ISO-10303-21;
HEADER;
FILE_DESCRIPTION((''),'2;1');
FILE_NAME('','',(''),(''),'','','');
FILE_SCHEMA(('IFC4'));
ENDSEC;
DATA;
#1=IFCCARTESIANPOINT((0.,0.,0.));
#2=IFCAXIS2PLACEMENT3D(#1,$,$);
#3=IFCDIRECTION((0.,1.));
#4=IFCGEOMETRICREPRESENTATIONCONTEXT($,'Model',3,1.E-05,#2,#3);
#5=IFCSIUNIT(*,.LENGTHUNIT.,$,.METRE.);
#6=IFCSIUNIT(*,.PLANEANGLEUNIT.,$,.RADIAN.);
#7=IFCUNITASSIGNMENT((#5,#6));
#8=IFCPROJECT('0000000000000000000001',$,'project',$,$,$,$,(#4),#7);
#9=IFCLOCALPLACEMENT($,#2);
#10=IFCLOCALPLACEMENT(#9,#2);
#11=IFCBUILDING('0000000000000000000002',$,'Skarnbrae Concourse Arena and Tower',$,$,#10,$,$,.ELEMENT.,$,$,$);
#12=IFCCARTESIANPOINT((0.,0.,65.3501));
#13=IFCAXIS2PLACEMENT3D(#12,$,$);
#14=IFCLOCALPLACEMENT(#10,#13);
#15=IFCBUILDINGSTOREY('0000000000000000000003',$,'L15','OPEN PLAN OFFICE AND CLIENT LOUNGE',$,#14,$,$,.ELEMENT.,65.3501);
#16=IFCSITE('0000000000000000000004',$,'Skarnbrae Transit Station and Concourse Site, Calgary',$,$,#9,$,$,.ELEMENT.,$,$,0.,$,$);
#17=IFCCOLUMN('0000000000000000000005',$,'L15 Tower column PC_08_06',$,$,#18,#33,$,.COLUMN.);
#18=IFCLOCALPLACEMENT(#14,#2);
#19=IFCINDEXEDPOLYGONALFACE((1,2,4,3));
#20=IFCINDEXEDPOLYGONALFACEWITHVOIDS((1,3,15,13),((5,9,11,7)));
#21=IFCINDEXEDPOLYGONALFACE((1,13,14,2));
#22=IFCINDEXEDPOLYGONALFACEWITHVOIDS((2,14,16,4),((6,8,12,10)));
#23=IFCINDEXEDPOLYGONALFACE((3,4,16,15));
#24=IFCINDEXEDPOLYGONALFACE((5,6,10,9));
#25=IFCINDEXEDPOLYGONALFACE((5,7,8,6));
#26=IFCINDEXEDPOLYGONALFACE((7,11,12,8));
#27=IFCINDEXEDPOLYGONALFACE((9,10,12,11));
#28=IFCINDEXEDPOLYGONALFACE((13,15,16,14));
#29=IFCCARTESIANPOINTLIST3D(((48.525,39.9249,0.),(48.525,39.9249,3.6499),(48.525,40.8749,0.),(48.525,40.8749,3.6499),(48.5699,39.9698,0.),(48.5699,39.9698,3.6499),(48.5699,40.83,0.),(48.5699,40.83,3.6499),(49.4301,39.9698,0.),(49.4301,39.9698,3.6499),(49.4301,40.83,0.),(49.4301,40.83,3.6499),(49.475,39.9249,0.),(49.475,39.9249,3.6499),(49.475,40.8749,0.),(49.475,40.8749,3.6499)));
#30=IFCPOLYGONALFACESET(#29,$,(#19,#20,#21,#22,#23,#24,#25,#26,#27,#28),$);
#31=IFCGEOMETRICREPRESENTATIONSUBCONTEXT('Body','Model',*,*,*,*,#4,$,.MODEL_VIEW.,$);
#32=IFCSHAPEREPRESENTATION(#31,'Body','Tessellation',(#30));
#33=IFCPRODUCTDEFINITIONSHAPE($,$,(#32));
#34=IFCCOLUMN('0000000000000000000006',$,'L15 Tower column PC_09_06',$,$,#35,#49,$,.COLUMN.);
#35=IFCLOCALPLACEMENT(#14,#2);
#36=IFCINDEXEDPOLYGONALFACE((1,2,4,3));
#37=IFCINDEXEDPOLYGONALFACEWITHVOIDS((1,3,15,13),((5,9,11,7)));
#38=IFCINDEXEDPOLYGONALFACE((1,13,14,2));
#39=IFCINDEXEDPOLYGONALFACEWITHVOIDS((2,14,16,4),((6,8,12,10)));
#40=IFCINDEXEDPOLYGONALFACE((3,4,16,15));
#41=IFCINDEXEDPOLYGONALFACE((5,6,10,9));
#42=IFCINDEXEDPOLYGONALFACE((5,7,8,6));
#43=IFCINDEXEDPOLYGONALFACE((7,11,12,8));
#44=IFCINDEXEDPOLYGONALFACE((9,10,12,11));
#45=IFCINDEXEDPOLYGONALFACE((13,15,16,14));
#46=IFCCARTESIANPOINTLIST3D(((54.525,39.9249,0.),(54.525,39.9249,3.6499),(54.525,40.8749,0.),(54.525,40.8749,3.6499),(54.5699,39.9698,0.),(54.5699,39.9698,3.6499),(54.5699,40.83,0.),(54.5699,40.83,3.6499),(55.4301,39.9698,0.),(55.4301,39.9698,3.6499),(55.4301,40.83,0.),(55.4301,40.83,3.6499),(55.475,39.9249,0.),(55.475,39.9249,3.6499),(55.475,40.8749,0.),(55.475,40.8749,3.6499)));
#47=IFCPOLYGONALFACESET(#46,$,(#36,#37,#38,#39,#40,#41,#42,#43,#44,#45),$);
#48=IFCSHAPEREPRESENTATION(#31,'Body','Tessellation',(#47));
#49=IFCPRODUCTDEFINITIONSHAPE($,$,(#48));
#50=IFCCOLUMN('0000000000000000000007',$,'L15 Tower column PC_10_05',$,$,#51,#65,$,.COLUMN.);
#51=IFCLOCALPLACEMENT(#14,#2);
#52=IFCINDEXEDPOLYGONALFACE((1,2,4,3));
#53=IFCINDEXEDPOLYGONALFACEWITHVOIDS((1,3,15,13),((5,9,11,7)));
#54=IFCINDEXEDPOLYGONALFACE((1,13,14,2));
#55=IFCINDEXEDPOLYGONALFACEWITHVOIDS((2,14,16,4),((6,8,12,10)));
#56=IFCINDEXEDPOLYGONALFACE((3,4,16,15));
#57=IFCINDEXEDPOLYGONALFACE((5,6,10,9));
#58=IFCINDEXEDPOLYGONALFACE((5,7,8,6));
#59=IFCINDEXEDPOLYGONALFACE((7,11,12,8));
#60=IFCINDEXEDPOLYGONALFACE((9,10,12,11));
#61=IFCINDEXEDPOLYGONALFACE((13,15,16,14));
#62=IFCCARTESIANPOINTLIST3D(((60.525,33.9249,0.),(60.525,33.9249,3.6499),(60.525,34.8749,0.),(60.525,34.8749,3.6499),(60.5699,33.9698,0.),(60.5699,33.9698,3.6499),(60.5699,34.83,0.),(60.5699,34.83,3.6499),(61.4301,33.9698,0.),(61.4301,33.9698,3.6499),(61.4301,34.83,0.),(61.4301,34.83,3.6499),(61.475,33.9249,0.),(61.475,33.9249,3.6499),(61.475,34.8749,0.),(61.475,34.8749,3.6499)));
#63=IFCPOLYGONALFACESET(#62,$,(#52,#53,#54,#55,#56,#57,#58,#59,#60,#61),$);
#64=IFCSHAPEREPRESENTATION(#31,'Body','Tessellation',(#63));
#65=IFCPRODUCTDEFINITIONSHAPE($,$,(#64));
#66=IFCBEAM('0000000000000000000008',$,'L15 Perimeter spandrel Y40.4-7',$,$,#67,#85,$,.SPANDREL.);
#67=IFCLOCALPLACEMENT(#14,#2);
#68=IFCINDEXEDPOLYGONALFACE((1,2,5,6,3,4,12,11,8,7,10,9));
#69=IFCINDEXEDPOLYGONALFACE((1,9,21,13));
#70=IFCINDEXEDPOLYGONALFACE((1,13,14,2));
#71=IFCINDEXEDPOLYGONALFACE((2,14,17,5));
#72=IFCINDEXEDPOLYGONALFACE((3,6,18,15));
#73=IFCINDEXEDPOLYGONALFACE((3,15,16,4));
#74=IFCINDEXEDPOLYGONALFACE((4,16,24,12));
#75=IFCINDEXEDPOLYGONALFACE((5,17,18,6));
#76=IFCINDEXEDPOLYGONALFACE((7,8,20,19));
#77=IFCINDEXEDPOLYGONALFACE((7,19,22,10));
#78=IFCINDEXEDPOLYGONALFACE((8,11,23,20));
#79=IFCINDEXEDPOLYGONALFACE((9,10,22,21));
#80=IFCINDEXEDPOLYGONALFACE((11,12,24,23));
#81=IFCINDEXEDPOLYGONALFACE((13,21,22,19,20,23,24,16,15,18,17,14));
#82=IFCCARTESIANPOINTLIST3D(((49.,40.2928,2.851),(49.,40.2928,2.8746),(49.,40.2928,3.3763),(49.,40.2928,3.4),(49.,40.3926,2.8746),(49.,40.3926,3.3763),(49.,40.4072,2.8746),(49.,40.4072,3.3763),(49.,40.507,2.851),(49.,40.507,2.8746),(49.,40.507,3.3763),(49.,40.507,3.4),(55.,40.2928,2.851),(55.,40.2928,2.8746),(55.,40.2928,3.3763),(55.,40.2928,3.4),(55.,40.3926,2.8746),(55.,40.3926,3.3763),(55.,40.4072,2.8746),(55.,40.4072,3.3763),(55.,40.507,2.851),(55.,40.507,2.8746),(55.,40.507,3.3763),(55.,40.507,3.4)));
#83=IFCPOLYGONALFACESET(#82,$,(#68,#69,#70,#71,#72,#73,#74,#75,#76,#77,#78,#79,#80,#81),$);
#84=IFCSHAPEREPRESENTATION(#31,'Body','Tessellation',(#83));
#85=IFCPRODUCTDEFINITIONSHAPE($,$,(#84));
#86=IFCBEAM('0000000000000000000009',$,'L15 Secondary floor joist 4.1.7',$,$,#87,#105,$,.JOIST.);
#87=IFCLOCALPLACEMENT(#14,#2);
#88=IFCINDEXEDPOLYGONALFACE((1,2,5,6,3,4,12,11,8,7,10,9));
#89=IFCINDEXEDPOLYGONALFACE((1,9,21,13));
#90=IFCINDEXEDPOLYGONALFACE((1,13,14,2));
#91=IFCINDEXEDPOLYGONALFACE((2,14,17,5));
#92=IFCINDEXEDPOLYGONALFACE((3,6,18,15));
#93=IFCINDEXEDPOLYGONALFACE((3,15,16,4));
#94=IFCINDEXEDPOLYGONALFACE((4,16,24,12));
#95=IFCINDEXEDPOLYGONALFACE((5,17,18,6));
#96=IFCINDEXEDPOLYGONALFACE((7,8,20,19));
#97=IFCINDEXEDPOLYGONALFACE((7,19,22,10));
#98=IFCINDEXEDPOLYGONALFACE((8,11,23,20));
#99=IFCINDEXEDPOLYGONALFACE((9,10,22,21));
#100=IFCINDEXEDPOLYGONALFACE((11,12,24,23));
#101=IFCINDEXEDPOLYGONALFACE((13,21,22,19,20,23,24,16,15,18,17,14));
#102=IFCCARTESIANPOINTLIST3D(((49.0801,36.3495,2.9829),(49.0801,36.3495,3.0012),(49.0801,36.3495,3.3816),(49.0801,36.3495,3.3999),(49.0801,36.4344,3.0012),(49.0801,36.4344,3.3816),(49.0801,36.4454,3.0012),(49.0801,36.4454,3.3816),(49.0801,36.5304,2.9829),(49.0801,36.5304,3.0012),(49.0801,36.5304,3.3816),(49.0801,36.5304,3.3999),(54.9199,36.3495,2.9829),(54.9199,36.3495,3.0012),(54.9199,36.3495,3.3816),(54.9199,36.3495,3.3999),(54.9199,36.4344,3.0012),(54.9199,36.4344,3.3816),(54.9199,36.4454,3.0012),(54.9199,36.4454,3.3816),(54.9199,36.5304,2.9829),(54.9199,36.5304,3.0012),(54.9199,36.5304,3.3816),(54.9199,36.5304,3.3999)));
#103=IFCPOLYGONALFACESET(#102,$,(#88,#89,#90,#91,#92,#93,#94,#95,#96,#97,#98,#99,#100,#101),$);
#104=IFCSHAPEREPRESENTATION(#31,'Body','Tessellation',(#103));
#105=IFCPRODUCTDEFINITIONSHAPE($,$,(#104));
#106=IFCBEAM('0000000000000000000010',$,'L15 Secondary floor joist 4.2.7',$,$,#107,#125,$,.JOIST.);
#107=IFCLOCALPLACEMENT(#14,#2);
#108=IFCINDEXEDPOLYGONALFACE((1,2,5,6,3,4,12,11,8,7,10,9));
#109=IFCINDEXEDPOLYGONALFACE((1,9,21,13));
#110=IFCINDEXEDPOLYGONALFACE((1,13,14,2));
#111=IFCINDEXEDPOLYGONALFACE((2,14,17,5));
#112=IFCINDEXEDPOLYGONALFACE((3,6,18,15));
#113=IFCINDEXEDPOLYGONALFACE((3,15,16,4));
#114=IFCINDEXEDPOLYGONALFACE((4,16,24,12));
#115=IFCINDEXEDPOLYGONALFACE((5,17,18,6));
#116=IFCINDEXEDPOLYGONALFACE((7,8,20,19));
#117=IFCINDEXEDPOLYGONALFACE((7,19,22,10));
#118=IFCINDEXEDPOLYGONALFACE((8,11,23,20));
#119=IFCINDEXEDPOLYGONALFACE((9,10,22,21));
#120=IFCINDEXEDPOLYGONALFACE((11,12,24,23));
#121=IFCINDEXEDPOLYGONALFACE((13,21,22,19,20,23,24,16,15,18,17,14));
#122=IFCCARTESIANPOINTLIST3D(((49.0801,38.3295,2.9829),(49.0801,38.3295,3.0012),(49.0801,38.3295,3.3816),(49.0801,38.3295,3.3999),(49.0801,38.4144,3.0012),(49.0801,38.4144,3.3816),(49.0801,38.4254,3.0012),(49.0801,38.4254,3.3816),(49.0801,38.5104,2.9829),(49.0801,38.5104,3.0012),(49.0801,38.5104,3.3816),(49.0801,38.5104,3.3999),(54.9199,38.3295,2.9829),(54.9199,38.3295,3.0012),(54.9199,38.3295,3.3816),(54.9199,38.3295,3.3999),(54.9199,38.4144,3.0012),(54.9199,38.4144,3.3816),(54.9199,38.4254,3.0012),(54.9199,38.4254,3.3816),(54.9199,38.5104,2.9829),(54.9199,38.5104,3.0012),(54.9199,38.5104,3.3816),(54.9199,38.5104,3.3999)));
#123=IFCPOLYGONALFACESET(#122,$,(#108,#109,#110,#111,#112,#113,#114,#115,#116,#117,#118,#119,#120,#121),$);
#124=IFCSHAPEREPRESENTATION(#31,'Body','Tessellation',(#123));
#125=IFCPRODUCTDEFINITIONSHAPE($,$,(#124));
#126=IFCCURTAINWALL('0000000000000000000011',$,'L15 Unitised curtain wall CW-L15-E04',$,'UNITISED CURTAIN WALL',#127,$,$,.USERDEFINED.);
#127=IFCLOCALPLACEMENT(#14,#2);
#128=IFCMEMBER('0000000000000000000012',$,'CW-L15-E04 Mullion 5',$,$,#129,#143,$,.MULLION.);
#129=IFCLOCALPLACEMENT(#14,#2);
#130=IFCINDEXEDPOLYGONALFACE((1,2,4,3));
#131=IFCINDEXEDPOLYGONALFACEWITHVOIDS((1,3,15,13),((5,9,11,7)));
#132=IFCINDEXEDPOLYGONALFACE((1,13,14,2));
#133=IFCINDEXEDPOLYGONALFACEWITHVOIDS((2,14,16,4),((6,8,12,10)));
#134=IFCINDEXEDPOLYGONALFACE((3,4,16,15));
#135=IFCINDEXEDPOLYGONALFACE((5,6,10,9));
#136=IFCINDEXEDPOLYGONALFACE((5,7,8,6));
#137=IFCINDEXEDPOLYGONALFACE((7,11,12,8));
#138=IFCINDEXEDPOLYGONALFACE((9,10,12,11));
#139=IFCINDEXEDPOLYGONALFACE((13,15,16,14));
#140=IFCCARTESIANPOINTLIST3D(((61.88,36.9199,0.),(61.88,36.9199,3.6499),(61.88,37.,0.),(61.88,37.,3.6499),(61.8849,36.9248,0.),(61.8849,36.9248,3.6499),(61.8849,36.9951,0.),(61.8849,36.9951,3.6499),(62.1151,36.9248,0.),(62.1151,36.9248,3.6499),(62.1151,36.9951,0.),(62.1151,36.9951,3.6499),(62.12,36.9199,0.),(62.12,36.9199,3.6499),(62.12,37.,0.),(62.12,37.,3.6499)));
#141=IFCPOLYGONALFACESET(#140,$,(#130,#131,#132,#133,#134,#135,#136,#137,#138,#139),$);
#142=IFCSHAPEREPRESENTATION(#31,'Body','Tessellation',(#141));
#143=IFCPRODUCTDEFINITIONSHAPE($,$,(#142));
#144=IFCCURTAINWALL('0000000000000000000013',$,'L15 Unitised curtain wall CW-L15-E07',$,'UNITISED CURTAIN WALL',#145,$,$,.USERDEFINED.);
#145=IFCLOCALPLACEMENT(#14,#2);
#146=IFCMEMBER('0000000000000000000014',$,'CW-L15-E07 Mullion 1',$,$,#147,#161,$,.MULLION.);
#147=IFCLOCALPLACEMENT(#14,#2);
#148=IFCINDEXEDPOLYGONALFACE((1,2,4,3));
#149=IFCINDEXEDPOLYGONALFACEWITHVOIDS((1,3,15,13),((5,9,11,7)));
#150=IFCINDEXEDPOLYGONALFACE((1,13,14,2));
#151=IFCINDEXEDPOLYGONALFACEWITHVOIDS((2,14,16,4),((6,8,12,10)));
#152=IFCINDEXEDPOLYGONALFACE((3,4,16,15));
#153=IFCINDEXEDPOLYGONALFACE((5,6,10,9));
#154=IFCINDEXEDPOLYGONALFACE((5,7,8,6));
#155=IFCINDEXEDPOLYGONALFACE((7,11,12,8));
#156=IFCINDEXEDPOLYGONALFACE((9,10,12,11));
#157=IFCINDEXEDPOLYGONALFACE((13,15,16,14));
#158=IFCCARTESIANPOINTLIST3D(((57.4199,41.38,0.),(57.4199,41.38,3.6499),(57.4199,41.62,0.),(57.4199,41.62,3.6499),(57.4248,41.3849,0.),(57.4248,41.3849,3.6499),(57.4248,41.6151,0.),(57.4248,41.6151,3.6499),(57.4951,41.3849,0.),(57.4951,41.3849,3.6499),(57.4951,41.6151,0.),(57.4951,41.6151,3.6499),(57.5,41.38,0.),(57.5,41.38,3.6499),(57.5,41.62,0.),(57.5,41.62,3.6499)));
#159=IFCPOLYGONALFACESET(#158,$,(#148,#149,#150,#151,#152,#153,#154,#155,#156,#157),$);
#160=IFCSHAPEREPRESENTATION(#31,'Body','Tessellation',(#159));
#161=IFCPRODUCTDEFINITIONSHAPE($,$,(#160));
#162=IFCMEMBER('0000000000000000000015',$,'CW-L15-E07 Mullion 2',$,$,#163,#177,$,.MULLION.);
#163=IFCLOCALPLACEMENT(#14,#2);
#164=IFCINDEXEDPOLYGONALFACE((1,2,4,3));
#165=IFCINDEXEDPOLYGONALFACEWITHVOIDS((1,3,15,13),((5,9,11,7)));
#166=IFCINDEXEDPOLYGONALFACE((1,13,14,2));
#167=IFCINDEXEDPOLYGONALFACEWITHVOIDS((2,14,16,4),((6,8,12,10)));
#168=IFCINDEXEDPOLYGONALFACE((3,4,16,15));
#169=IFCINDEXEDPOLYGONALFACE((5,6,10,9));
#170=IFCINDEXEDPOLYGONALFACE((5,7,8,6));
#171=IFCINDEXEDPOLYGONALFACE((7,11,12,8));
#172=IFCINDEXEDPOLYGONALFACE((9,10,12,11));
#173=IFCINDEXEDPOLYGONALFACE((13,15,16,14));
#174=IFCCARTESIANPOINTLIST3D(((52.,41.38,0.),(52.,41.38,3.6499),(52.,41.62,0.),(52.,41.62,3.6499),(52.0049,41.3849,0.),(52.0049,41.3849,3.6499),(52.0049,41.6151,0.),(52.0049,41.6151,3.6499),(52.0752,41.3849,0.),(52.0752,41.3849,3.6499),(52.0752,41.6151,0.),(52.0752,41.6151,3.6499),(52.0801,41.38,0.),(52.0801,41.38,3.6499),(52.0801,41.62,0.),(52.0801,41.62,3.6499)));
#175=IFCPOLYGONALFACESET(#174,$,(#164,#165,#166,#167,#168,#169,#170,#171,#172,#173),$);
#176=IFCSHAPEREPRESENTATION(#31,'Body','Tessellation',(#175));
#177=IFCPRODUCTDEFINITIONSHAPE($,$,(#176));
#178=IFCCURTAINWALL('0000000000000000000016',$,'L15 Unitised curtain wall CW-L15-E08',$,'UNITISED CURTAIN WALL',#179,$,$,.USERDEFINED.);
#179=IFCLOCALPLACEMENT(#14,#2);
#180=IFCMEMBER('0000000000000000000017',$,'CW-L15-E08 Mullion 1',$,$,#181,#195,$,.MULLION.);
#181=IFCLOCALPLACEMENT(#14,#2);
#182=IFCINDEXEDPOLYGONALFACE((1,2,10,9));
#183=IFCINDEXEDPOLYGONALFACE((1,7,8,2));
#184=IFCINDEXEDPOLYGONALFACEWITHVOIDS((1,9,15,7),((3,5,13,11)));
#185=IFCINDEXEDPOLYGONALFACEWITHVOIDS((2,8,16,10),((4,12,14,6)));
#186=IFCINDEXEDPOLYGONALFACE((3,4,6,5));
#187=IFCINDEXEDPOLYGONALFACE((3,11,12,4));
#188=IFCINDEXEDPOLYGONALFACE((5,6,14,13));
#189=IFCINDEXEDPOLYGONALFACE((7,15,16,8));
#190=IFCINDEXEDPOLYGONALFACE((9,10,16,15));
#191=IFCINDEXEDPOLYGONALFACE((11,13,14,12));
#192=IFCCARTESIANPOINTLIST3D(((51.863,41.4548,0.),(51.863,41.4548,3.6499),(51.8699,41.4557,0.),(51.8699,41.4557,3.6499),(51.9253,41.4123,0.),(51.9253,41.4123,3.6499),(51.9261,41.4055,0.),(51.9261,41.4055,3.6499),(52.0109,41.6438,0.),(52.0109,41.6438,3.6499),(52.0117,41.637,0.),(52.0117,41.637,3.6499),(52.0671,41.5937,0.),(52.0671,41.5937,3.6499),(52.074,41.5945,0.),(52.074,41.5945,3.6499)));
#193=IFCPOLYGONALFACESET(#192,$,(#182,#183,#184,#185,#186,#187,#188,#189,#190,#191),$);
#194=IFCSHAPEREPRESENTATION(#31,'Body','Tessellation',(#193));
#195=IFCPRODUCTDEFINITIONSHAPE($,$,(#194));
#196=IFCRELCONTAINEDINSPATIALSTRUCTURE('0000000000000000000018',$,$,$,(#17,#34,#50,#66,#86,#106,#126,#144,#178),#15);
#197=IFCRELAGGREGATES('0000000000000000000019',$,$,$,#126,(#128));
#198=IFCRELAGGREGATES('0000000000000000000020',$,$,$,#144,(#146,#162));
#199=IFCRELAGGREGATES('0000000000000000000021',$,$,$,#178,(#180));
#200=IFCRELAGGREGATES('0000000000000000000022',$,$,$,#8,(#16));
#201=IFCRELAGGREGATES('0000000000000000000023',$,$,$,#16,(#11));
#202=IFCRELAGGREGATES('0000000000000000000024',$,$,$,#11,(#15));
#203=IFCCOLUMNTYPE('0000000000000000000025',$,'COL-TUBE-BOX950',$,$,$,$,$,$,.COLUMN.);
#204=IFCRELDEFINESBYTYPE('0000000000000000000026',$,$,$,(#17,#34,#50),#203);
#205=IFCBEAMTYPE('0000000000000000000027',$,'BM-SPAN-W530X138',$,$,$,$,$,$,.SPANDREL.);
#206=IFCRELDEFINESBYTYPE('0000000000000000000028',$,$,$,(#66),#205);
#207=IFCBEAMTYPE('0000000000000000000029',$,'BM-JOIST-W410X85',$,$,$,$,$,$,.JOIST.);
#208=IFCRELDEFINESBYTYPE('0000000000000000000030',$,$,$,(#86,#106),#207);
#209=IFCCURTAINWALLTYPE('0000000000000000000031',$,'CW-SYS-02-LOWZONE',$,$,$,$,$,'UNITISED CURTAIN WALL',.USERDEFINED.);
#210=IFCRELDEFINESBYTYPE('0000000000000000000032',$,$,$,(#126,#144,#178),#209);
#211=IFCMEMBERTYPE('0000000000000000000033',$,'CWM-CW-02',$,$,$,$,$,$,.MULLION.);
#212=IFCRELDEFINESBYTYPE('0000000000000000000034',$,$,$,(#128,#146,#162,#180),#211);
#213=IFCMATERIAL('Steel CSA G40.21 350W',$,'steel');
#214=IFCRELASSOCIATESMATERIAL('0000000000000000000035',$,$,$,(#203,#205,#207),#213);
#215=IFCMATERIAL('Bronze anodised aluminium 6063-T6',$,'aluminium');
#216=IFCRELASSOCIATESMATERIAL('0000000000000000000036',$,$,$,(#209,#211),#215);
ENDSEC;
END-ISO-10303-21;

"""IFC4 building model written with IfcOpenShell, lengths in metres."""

from ifc_helpers import new_model, si_unit, direction, frame, origin, origin_2d, place, context, subcontext, project, spatial, hollow_rectangle, i_section, extrude, source, transform, mapped, material, material_profile, profile_set, type_object, element, aggregate, save


model = new_model("IFC4")

# Units and contexts
model_context = context("Model", 3, precision=1e-05, world=origin(), true_north=direction((0.0, 1.0)))
body_context = subcontext(model_context, "Body", "Model", "MODEL_VIEW")
ifc_project = project(units=[si_unit("LENGTHUNIT", "METRE"), si_unit("PLANEANGLEUNIT", "RADIAN")], contexts=[model_context])

# Site, building, storey
site_placement = place(None, origin())
site = spatial("IfcSite", under=ifc_project, at=site_placement, Name="Skarnbrae Transit Station and Concourse Site, Calgary", CompositionType="ELEMENT", RefElevation=0.0)
building_placement = place(site_placement, origin())
building = spatial("IfcBuilding", under=site, at=building_placement, Name="Skarnbrae Concourse Arena and Tower", CompositionType="ELEMENT")
storey_placement = place(building_placement, frame((0.0, 0.0, 65.3501)))
storey = spatial("IfcBuildingStorey", under=building, at=storey_placement, Name="L15", Description="OPEN PLAN OFFICE AND CLIENT LOUNGE", CompositionType="ELEMENT", Elevation=65.3501)

# Columns
ifc_material_1 = material(Name="Steel CSA G40.21 350W", Category="steel")
ifc_material_profile_1 = material_profile(ifc_material_1, hollow_rectangle(XDim=0.95, YDim=0.95, WallThickness=0.0449, at=origin_2d()), Name="BOX950X950X45")
ifc_profile_set_1 = profile_set([ifc_material_profile_1], Name="Steel CSA G40.21 350W")
column_type = type_object("IfcColumnType", Name="COL-TUBE-BOX950", PredefinedType="COLUMN", material=ifc_profile_set_1)
shared_shape_1 = source(origin(), body_context, "Body", "SweptSolid", [
    extrude(hollow_rectangle(XDim=0.95, YDim=0.95, WallThickness=0.0449, at=origin_2d()), origin(), (0.0, 0.0, 1.0), 3.6499),
])
for number, where, z_axis, x_axis, name in (
    (1, (49.0, 40.3999, 0.0), (0.0, 0.0, 1.0), (1.0, 0.0, 0.0), "L15 Tower column PC_08_06"),
    (2, (55.0, 40.3999, 0.0), (0.0, 0.0, 1.0), (1.0, 0.0, 0.0), "L15 Tower column PC_09_06"),
    (3, (61.0, 34.3999, 0.0), (0.0, 0.0, 1.0), (1.0, 0.0, 0.0), "L15 Tower column PC_10_05"),
):
    element("IfcColumn", number, at=place(storey_placement, frame(where, z_axis=z_axis, x_axis=x_axis)), inside=storey, type_object=column_type, Name=name, PredefinedType="COLUMN", context=body_context, shape_type="MappedRepresentation", body=[
        mapped(shared_shape_1, transform((0.0, 0.0, 0.0))),
    ])

# Beams
ifc_material_profile_2 = material_profile(ifc_material_1, i_section(OverallWidth=0.2141, OverallDepth=0.5491, WebThickness=0.0146, FlangeThickness=0.0237, at=origin_2d()), Name="W530X138")
ifc_profile_set_2 = profile_set([ifc_material_profile_2], Name="Steel CSA G40.21 350W")
beam_type_1 = type_object("IfcBeamType", Name="BM-SPAN-W530X138", PredefinedType="SPANDREL", material=ifc_profile_set_2)
shared_shape_2 = source(origin(), body_context, "Body", "SweptSolid", [
    extrude(i_section(OverallWidth=0.2141, OverallDepth=0.5491, WebThickness=0.0146, FlangeThickness=0.0237, at=origin_2d()), origin(), (0.0, 0.0, 1.0), 6.0),
])
beam_placement = place(storey_placement, frame((49.0, 40.3999, 3.1255), z_axis=(1.0, 0.0, 0.0), x_axis=(0.0, 1.0, 0.0)))
element("IfcBeam", 4, at=beam_placement, inside=storey, type_object=beam_type_1, Name="L15 Perimeter spandrel Y40.4-7", PredefinedType="SPANDREL", context=body_context, shape_type="MappedRepresentation", body=[
    mapped(shared_shape_2, transform((0.0, 0.0, 0.0))),
])
ifc_material_profile_3 = material_profile(ifc_material_1, i_section(OverallWidth=0.1809, OverallDepth=0.417, WebThickness=0.011, FlangeThickness=0.0183, at=origin_2d()), Name="W410X85")
ifc_profile_set_3 = profile_set([ifc_material_profile_3], Name="Steel CSA G40.21 350W")
beam_type_2 = type_object("IfcBeamType", Name="BM-JOIST-W410X85", PredefinedType="JOIST", material=ifc_profile_set_3)
shared_shape_3 = source(origin(), body_context, "Body", "SweptSolid", [
    extrude(i_section(OverallWidth=0.1809, OverallDepth=0.417, WebThickness=0.011, FlangeThickness=0.0183, at=origin_2d()), origin(), (0.0, 0.0, 1.0), 5.8398),
])
for number, where, z_axis, x_axis, name in (
    (5, (49.0801, 36.4399, 3.1914), (1.0, 0.0, 0.0), (0.0, 1.0, 0.0), "L15 Secondary floor joist 4.1.7"),
    (6, (49.0801, 38.4199, 3.1914), (1.0, 0.0, 0.0), (0.0, 1.0, 0.0), "L15 Secondary floor joist 4.2.7"),
):
    element("IfcBeam", number, at=place(storey_placement, frame(where, z_axis=z_axis, x_axis=x_axis)), inside=storey, type_object=beam_type_2, Name=name, PredefinedType="JOIST", context=body_context, shape_type="MappedRepresentation", body=[
        mapped(shared_shape_3, transform((0.0, 0.0, 0.0))),
    ])

# Curtain wall, member
ifc_material_2 = material(Name="Bronze anodised aluminium 6063-T6", Category="aluminium")
curtain_wall_type = type_object("IfcCurtainWallType", Name="CW-SYS-02-LOWZONE", ElementType="UNITISED CURTAIN WALL", PredefinedType="USERDEFINED", material=ifc_material_2)
curtain_wall_1_placement = place(storey_placement, origin())
curtain_wall_1 = element("IfcCurtainWall", 7, at=curtain_wall_1_placement, inside=storey, type_object=curtain_wall_type, Name="L15 Unitised curtain wall CW-L15-E04", ObjectType="UNITISED CURTAIN WALL", PredefinedType="USERDEFINED")
ifc_material_profile_4 = material_profile(ifc_material_2, hollow_rectangle(XDim=0.0801, YDim=0.24, WallThickness=0.0049, at=origin_2d()), Name="ALU-MULL-80X240")
ifc_profile_set_4 = profile_set([ifc_material_profile_4], Name="Bronze anodised aluminium 6063-T6")
member_type_1 = type_object("IfcMemberType", Name="CWM-CW-02", PredefinedType="MULLION", material=ifc_profile_set_4)
shared_shape_4 = source(origin(), body_context, "Body", "SweptSolid", [
    extrude(hollow_rectangle(XDim=0.0801, YDim=0.24, WallThickness=0.0049, at=origin_2d()), origin(), (0.0, 0.0, 1.0), 3.6499),
])
member_1_placement = place(storey_placement, frame((62.0, 36.96, 0.0), z_axis=(0.0, 0.0, 1.0), x_axis=(0.0, 1.0, 0.0)))
member_1 = element("IfcMember", 8, at=member_1_placement, type_object=member_type_1, Name="CW-L15-E04 Mullion 5", PredefinedType="MULLION", context=body_context, shape_type="MappedRepresentation", body=[
    mapped(shared_shape_4, transform((0.0, 0.0, 0.0))),
])
aggregate(curtain_wall_1, [member_1])

# Curtain walls, members
curtain_wall_2_placement = place(storey_placement, origin())
curtain_wall_2 = element("IfcCurtainWall", 9, at=curtain_wall_2_placement, inside=storey, type_object=curtain_wall_type, Name="L15 Unitised curtain wall CW-L15-E07", ObjectType="UNITISED CURTAIN WALL", PredefinedType="USERDEFINED")
member_2_placement = place(storey_placement, frame((57.46, 41.5, 0.0), z_axis=(0.0, 0.0, 1.0), x_axis=(-1.0, 0.0, 0.0)))
member_2 = element("IfcMember", 10, at=member_2_placement, type_object=member_type_1, Name="CW-L15-E07 Mullion 1", PredefinedType="MULLION", context=body_context, shape_type="MappedRepresentation", body=[
    mapped(shared_shape_4, transform((0.0, 0.0, 0.0))),
])
member_3_placement = place(storey_placement, frame((52.04, 41.5, 0.0), z_axis=(0.0, 0.0, 1.0), x_axis=(-1.0, 0.0, 0.0)))
member_3 = element("IfcMember", 11, at=member_3_placement, type_object=member_type_1, Name="CW-L15-E07 Mullion 2", PredefinedType="MULLION", context=body_context, shape_type="MappedRepresentation", body=[
    mapped(shared_shape_4, transform((0.0, 0.0, 0.0))),
])
curtain_wall_3_placement = place(storey_placement, origin())
curtain_wall_3 = element("IfcCurtainWall", 12, at=curtain_wall_3_placement, inside=storey, type_object=curtain_wall_type, Name="L15 Unitised curtain wall CW-L15-E08", ObjectType="UNITISED CURTAIN WALL", PredefinedType="USERDEFINED")
member_4_placement = place(storey_placement, frame((51.9685, 41.5247, 0.0), z_axis=(0.0, 0.0, 1.0), x_axis=(-0.787652, 0.616121, 0.0)))
member_4 = element("IfcMember", 13, at=member_4_placement, type_object=member_type_1, Name="CW-L15-E08 Mullion 1", PredefinedType="MULLION", context=body_context, shape_type="MappedRepresentation", body=[
    mapped(shared_shape_4, transform((0.0, 0.0, 0.0))),
])

aggregate(curtain_wall_2, [member_2, member_3])
aggregate(curtain_wall_3, [member_4])

save(model, "model.ifc")
